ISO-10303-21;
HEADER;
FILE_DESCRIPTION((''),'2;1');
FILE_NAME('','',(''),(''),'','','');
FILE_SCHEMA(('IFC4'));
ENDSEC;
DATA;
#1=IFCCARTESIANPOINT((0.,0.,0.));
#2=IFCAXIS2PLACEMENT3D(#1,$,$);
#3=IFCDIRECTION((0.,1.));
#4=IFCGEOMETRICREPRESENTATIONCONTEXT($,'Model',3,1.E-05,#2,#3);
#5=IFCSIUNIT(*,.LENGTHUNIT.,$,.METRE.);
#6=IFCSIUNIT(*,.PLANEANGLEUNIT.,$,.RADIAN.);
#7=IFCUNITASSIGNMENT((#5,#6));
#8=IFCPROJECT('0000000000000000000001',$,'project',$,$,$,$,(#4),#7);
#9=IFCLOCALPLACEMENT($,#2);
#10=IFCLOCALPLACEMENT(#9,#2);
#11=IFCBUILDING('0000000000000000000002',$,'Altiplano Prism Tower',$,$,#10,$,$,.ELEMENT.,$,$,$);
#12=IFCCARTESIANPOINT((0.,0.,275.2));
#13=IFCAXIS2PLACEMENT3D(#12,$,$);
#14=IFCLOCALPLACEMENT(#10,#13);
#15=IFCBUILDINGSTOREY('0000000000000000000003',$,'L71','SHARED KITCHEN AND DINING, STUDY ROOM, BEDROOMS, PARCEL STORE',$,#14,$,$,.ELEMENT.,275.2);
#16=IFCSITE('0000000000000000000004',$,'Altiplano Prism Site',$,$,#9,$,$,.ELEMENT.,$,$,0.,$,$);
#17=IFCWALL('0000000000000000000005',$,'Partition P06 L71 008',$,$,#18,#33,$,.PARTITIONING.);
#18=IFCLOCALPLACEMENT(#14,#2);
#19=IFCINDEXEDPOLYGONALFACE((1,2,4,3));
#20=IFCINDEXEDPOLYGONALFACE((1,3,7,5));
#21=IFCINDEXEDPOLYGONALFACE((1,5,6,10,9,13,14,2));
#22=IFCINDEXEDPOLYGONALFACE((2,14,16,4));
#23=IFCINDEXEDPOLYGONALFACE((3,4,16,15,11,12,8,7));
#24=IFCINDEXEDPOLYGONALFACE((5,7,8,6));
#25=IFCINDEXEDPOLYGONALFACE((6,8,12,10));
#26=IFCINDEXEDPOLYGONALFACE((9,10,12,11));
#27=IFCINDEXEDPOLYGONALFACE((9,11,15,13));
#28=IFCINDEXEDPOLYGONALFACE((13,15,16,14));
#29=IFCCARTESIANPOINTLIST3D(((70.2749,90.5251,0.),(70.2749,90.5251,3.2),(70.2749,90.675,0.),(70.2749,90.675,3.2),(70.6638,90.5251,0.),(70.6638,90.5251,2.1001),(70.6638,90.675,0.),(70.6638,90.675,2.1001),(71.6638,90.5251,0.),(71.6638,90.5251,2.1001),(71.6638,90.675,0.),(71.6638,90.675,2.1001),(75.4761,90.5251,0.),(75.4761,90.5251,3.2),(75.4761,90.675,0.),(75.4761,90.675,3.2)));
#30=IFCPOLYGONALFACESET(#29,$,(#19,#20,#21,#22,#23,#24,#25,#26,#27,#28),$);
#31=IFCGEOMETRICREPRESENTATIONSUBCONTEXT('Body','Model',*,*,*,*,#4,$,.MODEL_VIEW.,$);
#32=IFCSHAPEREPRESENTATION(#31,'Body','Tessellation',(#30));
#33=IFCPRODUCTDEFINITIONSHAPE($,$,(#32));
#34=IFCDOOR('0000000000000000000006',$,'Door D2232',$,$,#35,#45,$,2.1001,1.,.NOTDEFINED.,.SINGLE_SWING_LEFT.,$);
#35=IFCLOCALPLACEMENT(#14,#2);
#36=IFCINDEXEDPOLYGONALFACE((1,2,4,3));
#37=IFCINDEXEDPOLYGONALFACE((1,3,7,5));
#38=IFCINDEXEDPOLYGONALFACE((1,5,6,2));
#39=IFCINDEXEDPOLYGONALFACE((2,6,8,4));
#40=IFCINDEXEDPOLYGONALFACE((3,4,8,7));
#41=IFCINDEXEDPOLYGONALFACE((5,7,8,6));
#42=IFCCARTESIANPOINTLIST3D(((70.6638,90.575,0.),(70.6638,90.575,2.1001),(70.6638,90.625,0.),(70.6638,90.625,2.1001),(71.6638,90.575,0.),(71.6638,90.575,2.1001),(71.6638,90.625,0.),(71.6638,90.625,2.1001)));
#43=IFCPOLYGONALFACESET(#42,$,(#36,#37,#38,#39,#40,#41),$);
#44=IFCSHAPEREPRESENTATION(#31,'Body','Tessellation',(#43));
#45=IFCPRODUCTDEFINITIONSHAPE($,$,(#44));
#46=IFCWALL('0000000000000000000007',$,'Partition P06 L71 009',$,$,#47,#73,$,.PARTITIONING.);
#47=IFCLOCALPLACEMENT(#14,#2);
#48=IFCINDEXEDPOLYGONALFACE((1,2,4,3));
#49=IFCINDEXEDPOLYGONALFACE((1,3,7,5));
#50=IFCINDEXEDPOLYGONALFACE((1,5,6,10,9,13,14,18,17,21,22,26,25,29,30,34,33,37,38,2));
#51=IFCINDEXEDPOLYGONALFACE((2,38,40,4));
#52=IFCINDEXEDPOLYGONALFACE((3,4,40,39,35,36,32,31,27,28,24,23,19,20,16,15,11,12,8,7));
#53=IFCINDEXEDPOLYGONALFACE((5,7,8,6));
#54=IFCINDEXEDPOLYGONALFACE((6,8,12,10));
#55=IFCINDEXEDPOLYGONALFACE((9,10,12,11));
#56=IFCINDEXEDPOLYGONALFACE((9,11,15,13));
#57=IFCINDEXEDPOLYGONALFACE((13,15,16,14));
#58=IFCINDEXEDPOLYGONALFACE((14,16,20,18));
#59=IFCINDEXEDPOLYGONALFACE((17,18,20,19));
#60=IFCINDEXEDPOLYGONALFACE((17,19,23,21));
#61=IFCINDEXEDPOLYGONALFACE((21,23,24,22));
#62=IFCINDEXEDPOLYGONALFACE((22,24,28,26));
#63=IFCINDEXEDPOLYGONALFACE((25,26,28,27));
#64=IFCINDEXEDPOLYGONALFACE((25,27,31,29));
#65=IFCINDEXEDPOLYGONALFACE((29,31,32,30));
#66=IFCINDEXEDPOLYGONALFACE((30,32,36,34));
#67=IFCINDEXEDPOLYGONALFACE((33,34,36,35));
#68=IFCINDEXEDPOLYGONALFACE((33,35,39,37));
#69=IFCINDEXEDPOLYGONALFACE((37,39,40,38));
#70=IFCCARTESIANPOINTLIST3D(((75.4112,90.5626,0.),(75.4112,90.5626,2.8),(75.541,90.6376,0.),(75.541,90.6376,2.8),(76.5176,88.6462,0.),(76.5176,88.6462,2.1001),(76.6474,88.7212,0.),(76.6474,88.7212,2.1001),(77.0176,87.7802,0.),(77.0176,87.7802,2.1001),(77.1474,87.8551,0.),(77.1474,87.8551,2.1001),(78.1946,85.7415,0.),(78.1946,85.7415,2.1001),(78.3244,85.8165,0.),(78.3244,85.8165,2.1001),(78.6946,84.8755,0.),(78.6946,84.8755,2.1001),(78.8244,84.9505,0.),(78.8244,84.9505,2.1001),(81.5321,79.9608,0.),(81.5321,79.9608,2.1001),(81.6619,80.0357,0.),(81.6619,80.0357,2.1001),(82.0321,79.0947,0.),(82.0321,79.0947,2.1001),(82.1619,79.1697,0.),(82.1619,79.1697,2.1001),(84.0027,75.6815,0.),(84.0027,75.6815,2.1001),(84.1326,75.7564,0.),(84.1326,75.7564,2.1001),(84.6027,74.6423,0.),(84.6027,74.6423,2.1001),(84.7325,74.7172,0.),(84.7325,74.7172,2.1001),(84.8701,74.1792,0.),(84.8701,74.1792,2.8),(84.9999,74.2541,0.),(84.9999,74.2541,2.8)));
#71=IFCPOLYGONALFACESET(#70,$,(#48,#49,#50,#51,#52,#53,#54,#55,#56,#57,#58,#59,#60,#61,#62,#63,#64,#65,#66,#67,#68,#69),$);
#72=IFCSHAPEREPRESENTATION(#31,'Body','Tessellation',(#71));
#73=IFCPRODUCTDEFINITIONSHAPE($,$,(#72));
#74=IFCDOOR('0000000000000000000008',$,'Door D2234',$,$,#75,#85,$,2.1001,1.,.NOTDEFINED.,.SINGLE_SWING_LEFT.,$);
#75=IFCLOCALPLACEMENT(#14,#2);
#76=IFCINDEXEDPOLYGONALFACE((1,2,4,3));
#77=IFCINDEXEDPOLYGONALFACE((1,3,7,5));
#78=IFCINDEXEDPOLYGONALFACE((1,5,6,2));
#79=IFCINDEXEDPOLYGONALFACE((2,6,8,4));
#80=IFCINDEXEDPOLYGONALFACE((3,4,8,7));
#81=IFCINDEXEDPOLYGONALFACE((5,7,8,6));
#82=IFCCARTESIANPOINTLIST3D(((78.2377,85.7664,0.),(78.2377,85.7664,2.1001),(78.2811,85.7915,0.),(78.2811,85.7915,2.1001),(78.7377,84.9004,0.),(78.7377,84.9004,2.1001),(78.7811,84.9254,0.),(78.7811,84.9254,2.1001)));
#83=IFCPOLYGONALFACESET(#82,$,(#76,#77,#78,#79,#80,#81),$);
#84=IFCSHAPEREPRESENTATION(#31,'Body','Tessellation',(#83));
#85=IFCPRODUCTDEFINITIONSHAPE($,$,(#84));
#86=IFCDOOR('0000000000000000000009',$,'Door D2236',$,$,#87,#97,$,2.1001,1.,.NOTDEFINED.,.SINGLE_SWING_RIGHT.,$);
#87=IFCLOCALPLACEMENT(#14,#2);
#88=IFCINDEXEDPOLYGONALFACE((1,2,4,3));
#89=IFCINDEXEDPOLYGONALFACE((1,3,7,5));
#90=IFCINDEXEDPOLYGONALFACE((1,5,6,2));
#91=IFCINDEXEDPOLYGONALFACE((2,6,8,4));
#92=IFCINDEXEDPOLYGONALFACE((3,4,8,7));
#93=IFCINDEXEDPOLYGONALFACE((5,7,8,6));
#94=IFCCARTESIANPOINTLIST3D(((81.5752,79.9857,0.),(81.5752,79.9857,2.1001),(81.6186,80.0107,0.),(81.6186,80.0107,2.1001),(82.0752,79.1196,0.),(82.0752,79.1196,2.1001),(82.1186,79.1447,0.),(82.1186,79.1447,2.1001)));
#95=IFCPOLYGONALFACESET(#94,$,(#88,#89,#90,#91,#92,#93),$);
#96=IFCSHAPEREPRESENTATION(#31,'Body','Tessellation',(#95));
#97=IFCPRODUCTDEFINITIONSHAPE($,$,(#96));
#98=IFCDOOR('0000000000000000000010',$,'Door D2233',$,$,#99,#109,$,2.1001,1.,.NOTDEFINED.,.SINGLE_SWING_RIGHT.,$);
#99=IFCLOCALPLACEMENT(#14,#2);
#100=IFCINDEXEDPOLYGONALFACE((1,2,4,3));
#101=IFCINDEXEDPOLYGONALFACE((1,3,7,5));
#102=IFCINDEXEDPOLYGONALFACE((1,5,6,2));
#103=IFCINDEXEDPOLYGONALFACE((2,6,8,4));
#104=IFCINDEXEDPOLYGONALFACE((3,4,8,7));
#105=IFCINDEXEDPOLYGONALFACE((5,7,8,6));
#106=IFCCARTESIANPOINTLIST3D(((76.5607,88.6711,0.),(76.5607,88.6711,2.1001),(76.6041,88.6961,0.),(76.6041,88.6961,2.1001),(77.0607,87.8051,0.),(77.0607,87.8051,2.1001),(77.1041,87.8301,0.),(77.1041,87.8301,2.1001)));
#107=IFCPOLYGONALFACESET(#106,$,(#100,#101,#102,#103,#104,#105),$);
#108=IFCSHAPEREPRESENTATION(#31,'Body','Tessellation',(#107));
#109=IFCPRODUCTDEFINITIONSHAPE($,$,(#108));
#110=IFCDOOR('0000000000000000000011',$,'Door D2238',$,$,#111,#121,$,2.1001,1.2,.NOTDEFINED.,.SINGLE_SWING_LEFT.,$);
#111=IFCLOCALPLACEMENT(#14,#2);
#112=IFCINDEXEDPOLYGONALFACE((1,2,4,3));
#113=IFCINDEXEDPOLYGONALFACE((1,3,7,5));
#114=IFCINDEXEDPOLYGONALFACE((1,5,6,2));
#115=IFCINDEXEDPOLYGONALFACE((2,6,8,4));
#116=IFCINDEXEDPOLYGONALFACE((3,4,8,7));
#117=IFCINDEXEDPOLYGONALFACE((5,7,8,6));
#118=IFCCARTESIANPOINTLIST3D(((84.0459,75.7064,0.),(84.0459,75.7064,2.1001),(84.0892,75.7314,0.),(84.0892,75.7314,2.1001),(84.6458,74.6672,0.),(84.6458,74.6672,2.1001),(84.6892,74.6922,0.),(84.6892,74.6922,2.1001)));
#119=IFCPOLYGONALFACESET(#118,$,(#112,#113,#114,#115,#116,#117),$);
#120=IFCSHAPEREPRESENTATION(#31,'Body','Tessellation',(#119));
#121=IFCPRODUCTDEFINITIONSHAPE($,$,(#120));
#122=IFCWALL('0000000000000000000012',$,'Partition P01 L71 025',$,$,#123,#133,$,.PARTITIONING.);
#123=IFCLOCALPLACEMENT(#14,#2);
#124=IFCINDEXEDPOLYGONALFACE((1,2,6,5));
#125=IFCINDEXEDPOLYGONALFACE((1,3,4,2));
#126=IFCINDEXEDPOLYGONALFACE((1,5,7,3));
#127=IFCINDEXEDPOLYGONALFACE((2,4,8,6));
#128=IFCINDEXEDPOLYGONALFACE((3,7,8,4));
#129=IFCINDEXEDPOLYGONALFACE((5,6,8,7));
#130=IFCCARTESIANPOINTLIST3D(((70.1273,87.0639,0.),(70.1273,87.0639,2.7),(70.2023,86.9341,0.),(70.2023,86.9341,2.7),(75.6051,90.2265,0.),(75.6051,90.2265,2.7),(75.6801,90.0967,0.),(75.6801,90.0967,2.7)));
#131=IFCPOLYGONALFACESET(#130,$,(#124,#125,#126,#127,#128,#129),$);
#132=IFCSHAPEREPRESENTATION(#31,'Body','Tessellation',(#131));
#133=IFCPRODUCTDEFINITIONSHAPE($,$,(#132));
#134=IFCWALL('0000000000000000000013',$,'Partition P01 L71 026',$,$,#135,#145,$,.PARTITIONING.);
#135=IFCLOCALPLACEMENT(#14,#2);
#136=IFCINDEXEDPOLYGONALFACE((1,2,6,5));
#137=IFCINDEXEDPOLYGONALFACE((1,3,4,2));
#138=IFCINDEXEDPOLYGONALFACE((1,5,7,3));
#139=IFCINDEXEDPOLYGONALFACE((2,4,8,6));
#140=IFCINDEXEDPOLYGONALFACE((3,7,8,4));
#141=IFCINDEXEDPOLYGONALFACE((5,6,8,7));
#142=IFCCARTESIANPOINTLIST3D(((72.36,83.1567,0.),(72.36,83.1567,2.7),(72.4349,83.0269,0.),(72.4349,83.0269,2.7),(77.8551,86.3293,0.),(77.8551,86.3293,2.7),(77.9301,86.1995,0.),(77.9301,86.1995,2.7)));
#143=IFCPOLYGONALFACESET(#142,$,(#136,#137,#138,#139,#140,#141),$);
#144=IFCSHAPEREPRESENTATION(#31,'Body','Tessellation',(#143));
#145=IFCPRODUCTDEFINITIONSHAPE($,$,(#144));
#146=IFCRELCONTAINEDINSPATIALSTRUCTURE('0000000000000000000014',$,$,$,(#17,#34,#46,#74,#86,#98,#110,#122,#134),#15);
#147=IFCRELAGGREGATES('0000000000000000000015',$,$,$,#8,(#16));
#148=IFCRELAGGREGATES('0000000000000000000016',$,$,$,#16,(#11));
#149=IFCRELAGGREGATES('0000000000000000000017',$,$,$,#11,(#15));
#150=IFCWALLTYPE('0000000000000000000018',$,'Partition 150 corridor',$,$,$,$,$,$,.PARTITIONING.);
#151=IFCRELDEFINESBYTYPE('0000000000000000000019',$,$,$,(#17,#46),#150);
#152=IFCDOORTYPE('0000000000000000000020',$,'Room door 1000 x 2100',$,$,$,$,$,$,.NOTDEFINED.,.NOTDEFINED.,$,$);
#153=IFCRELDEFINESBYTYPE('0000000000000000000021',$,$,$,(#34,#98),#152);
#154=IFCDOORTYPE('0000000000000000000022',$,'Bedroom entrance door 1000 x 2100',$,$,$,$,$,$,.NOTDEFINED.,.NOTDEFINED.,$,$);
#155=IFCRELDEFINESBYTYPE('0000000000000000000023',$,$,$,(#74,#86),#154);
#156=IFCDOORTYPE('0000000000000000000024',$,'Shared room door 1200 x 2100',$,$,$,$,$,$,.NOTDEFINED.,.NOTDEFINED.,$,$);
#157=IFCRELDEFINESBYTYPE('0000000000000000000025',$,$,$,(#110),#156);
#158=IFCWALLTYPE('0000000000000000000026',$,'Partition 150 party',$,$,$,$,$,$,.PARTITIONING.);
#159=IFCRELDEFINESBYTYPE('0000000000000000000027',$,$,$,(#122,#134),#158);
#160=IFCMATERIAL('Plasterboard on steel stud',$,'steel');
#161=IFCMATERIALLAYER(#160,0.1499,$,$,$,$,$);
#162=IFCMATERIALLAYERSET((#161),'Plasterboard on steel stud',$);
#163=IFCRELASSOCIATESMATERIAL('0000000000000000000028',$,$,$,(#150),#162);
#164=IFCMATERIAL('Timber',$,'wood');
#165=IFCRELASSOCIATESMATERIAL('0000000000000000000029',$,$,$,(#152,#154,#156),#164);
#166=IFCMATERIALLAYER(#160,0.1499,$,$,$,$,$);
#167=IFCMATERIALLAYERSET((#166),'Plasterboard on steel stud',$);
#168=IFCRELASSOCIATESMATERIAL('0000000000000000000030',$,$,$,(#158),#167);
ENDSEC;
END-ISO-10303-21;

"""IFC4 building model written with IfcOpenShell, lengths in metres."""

from ifc_helpers import new_model, si_unit, direction, frame, frame_2d, origin, place, context, subcontext, project, spatial, rectangle, extrude, material, layer, layer_set, type_object, element, fill, save


model = new_model("IFC4")

# Units and contexts
model_context = context("Model", 3, precision=1e-05, world=origin(), true_north=direction((0.0, 1.0)))
body_context = subcontext(model_context, "Body", "Model", "MODEL_VIEW")
ifc_project = project(units=[si_unit("LENGTHUNIT", "METRE"), si_unit("PLANEANGLEUNIT", "RADIAN")], contexts=[model_context])

# Site, building, storey
site_placement = place(None, origin())
site = spatial("IfcSite", under=ifc_project, at=site_placement, Name="Altiplano Prism Site", CompositionType="ELEMENT", RefElevation=0.0)
building_placement = place(site_placement, origin())
building = spatial("IfcBuilding", under=site, at=building_placement, Name="Altiplano Prism Tower", CompositionType="ELEMENT")
storey_placement = place(building_placement, frame((0.0, 0.0, 275.2)))
storey = spatial("IfcBuildingStorey", under=building, at=storey_placement, Name="L71", Description="SHARED KITCHEN AND DINING, STUDY ROOM, BEDROOMS, PARCEL STORE", CompositionType="ELEMENT", Elevation=275.2)

# Shared definitions
ifc_material_1 = material(Name="Plasterboard on steel stud", Category="steel")
ifc_material_2 = material(Name="Timber", Category="wood")

# Shared definitions
ifc_layer_1 = layer(ifc_material_1, 0.1499)
ifc_layer_set_1 = layer_set([ifc_layer_1], Name="Plasterboard on steel stud")
wall_type_1 = type_object("IfcWallType", Name="Partition 150 corridor", PredefinedType="PARTITIONING", material=ifc_layer_set_1)

# Wall, opening, door
wall_1_placement = place(storey_placement, frame((70.2749, 90.6001, 0.0), z_axis=(0.0, 0.0, 1.0), x_axis=(1.0, 0.0, 0.0)))
wall_1 = element("IfcWall", 1, at=wall_1_placement, inside=storey, type_object=wall_type_1, Name="Partition P06 L71 008", PredefinedType="PARTITIONING", context=body_context, shape_type="SweptSolid", body=[
    extrude(rectangle(XDim=5.2012, YDim=0.1499, at=frame_2d((2.6006, 0.0))), origin(), (0.0, 0.0, 1.0), 3.2),
])
opening_1_placement = place(wall_1_placement, frame((0.3889, 0.0, 0.0)))
opening_1 = element("IfcOpeningElement", 2, at=opening_1_placement, cuts=wall_1, PredefinedType="OPENING", context=body_context, shape_type="SweptSolid", body=[
    extrude(rectangle(XDim=1.0, YDim=2.1001, at=frame_2d((0.5, 1.05))), frame((0.0, 0.0854, 0.0), z_axis=(0.0, -1.0, 0.0), x_axis=(1.0, 0.0, 0.0)), (0.0, 0.0, 1.0), 0.1709),
])
door_type_1 = type_object("IfcDoorType", Name="Room door 1000 x 2100", OperationType="NOTDEFINED", PredefinedType="NOTDEFINED", material=ifc_material_2)
door_1_placement = place(opening_1_placement, origin())
door_1 = element("IfcDoor", 3, at=door_1_placement, inside=storey, type_object=door_type_1, Name="Door D2232", OperationType="SINGLE_SWING_LEFT", OverallHeight=2.1001, OverallWidth=1.0, PredefinedType="NOTDEFINED", context=body_context, shape_type="SweptSolid", body=[
    extrude(rectangle(XDim=1.0, YDim=2.1001, at=frame_2d((0.5, 1.05))), frame((0.0, 0.0249, 0.0), z_axis=(0.0, -1.0, 0.0), x_axis=(1.0, 0.0, 0.0)), (0.0, 0.0, 1.0), 0.05),
])
fill(opening_1, door_1)

# Wall, openings, doors
wall_2_placement = place(storey_placement, frame((75.4761, 90.6001, 0.0), z_axis=(0.0, 0.0, 1.0), x_axis=(0.499998, -0.866027, 0.0)))
wall_2 = element("IfcWall", 4, at=wall_2_placement, inside=storey, type_object=wall_type_1, Name="Partition P06 L71 009", PredefinedType="PARTITIONING", context=body_context, shape_type="SweptSolid", body=[
    extrude(rectangle(XDim=18.918, YDim=0.1499, at=frame_2d((9.459, 0.0))), origin(), (0.0, 0.0, 1.0), 2.8),
])
opening_2_placement = place(wall_2_placement, frame((2.2129, 0.0, 0.0)))
opening_2 = element("IfcOpeningElement", 5, at=opening_2_placement, cuts=wall_2, PredefinedType="OPENING", context=body_context, shape_type="SweptSolid", body=[
    extrude(rectangle(XDim=1.0, YDim=2.1001, at=frame_2d((0.5, 1.05))), frame((0.0, 0.0854, 0.0), z_axis=(0.0, -1.0, 0.0), x_axis=(1.0, 0.0, 0.0)), (0.0, 0.0, 1.0), 0.1709),
])
opening_3_placement = place(wall_2_placement, frame((5.5669, 0.0, 0.0)))
opening_3 = element("IfcOpeningElement", 6, at=opening_3_placement, cuts=wall_2, PredefinedType="OPENING", context=body_context, shape_type="SweptSolid", body=[
    extrude(rectangle(XDim=1.0, YDim=2.1001, at=frame_2d((0.5, 1.05))), frame((0.0, 0.0854, 0.0), z_axis=(0.0, -1.0, 0.0), x_axis=(1.0, 0.0, 0.0)), (0.0, 0.0, 1.0), 0.1709),
])
opening_4_placement = place(wall_2_placement, frame((12.2419, 0.0, 0.0)))
opening_4 = element("IfcOpeningElement", 7, at=opening_4_placement, cuts=wall_2, PredefinedType="OPENING", context=body_context, shape_type="SweptSolid", body=[
    extrude(rectangle(XDim=1.0, YDim=2.1001, at=frame_2d((0.5, 1.05))), frame((0.0, 0.0854, 0.0), z_axis=(0.0, -1.0, 0.0), x_axis=(1.0, 0.0, 0.0)), (0.0, 0.0, 1.0), 0.1709),
])
opening_5_placement = place(wall_2_placement, frame((17.1831, 0.0, 0.0)))
opening_5 = element("IfcOpeningElement", 8, at=opening_5_placement, cuts=wall_2, PredefinedType="OPENING", context=body_context, shape_type="SweptSolid", body=[
    extrude(rectangle(XDim=1.2, YDim=2.1001, at=frame_2d((0.6001, 1.05))), frame((0.0, 0.0854, 0.0), z_axis=(0.0, -1.0, 0.0), x_axis=(1.0, 0.0, 0.0)), (0.0, 0.0, 1.0), 0.1709),
])
door_type_2 = type_object("IfcDoorType", Name="Bedroom entrance door 1000 x 2100", OperationType="NOTDEFINED", PredefinedType="NOTDEFINED", material=ifc_material_2)
door_2_placement = place(opening_3_placement, origin())
door_2 = element("IfcDoor", 9, at=door_2_placement, inside=storey, type_object=door_type_2, Name="Door D2234", OperationType="SINGLE_SWING_LEFT", OverallHeight=2.1001, OverallWidth=1.0, PredefinedType="NOTDEFINED", context=body_context, shape_type="SweptSolid", body=[
    extrude(rectangle(XDim=1.0, YDim=2.1001, at=frame_2d((0.5, 1.05))), frame((0.0, 0.0249, 0.0), z_axis=(0.0, -1.0, 0.0), x_axis=(1.0, 0.0, 0.0)), (0.0, 0.0, 1.0), 0.05),
])
fill(opening_3, door_2)
door_3_placement = place(opening_4_placement, origin())
door_3 = element("IfcDoor", 10, at=door_3_placement, inside=storey, type_object=door_type_2, Name="Door D2236", OperationType="SINGLE_SWING_RIGHT", OverallHeight=2.1001, OverallWidth=1.0, PredefinedType="NOTDEFINED", context=body_context, shape_type="SweptSolid", body=[
    extrude(rectangle(XDim=1.0, YDim=2.1001, at=frame_2d((0.5, 1.05))), frame((0.0, 0.0249, 0.0), z_axis=(0.0, -1.0, 0.0), x_axis=(1.0, 0.0, 0.0)), (0.0, 0.0, 1.0), 0.05),
])
fill(opening_4, door_3)
door_4_placement = place(opening_2_placement, origin())
door_4 = element("IfcDoor", 11, at=door_4_placement, inside=storey, type_object=door_type_1, Name="Door D2233", OperationType="SINGLE_SWING_RIGHT", OverallHeight=2.1001, OverallWidth=1.0, PredefinedType="NOTDEFINED", context=body_context, shape_type="SweptSolid", body=[
    extrude(rectangle(XDim=1.0, YDim=2.1001, at=frame_2d((0.5, 1.05))), frame((0.0, 0.0249, 0.0), z_axis=(0.0, -1.0, 0.0), x_axis=(1.0, 0.0, 0.0)), (0.0, 0.0, 1.0), 0.05),
])
fill(opening_2, door_4)
door_type_3 = type_object("IfcDoorType", Name="Shared room door 1200 x 2100", OperationType="NOTDEFINED", PredefinedType="NOTDEFINED", material=ifc_material_2)
door_5_placement = place(opening_5_placement, origin())
door_5 = element("IfcDoor", 12, at=door_5_placement, inside=storey, type_object=door_type_3, Name="Door D2238", OperationType="SINGLE_SWING_LEFT", OverallHeight=2.1001, OverallWidth=1.2, PredefinedType="NOTDEFINED", context=body_context, shape_type="SweptSolid", body=[
    extrude(rectangle(XDim=1.2, YDim=2.1001, at=frame_2d((0.6001, 1.05))), frame((0.0, 0.0249, 0.0), z_axis=(0.0, -1.0, 0.0), x_axis=(1.0, 0.0, 0.0)), (0.0, 0.0, 1.0), 0.05),
])
fill(opening_5, door_5)

# Walls
ifc_layer_2 = layer(ifc_material_1, 0.1499)
ifc_layer_set_2 = layer_set([ifc_layer_2], Name="Plasterboard on steel stud")
wall_type_2 = type_object("IfcWallType", Name="Partition 150 party", PredefinedType="PARTITIONING", material=ifc_layer_set_2)
wall_3_placement = place(storey_placement, frame((70.1648, 86.999, 0.0), z_axis=(0.0, 0.0, 1.0), x_axis=(0.866026, 0.5, 0.0)))
element("IfcWall", 13, at=wall_3_placement, inside=storey, type_object=wall_type_2, Name="Partition P01 L71 025", PredefinedType="PARTITIONING", context=body_context, shape_type="SweptSolid", body=[
    extrude(rectangle(XDim=6.3252, YDim=0.1499, at=frame_2d((3.1626, 0.0))), origin(), (0.0, 0.0, 1.0), 2.7),
])
wall_4_placement = place(storey_placement, frame((72.3975, 83.0918, 0.0), z_axis=(0.0, 0.0, 1.0), x_axis=(0.866025, 0.5, 0.0)))
element("IfcWall", 14, at=wall_4_placement, inside=storey, type_object=wall_type_2, Name="Partition P01 L71 026", PredefinedType="PARTITIONING", context=body_context, shape_type="SweptSolid", body=[
    extrude(rectangle(XDim=6.3452, YDim=0.1499, at=frame_2d((3.1726, 0.0))), origin(), (0.0, 0.0, 1.0), 2.7),
])

save(model, "model.ifc")
